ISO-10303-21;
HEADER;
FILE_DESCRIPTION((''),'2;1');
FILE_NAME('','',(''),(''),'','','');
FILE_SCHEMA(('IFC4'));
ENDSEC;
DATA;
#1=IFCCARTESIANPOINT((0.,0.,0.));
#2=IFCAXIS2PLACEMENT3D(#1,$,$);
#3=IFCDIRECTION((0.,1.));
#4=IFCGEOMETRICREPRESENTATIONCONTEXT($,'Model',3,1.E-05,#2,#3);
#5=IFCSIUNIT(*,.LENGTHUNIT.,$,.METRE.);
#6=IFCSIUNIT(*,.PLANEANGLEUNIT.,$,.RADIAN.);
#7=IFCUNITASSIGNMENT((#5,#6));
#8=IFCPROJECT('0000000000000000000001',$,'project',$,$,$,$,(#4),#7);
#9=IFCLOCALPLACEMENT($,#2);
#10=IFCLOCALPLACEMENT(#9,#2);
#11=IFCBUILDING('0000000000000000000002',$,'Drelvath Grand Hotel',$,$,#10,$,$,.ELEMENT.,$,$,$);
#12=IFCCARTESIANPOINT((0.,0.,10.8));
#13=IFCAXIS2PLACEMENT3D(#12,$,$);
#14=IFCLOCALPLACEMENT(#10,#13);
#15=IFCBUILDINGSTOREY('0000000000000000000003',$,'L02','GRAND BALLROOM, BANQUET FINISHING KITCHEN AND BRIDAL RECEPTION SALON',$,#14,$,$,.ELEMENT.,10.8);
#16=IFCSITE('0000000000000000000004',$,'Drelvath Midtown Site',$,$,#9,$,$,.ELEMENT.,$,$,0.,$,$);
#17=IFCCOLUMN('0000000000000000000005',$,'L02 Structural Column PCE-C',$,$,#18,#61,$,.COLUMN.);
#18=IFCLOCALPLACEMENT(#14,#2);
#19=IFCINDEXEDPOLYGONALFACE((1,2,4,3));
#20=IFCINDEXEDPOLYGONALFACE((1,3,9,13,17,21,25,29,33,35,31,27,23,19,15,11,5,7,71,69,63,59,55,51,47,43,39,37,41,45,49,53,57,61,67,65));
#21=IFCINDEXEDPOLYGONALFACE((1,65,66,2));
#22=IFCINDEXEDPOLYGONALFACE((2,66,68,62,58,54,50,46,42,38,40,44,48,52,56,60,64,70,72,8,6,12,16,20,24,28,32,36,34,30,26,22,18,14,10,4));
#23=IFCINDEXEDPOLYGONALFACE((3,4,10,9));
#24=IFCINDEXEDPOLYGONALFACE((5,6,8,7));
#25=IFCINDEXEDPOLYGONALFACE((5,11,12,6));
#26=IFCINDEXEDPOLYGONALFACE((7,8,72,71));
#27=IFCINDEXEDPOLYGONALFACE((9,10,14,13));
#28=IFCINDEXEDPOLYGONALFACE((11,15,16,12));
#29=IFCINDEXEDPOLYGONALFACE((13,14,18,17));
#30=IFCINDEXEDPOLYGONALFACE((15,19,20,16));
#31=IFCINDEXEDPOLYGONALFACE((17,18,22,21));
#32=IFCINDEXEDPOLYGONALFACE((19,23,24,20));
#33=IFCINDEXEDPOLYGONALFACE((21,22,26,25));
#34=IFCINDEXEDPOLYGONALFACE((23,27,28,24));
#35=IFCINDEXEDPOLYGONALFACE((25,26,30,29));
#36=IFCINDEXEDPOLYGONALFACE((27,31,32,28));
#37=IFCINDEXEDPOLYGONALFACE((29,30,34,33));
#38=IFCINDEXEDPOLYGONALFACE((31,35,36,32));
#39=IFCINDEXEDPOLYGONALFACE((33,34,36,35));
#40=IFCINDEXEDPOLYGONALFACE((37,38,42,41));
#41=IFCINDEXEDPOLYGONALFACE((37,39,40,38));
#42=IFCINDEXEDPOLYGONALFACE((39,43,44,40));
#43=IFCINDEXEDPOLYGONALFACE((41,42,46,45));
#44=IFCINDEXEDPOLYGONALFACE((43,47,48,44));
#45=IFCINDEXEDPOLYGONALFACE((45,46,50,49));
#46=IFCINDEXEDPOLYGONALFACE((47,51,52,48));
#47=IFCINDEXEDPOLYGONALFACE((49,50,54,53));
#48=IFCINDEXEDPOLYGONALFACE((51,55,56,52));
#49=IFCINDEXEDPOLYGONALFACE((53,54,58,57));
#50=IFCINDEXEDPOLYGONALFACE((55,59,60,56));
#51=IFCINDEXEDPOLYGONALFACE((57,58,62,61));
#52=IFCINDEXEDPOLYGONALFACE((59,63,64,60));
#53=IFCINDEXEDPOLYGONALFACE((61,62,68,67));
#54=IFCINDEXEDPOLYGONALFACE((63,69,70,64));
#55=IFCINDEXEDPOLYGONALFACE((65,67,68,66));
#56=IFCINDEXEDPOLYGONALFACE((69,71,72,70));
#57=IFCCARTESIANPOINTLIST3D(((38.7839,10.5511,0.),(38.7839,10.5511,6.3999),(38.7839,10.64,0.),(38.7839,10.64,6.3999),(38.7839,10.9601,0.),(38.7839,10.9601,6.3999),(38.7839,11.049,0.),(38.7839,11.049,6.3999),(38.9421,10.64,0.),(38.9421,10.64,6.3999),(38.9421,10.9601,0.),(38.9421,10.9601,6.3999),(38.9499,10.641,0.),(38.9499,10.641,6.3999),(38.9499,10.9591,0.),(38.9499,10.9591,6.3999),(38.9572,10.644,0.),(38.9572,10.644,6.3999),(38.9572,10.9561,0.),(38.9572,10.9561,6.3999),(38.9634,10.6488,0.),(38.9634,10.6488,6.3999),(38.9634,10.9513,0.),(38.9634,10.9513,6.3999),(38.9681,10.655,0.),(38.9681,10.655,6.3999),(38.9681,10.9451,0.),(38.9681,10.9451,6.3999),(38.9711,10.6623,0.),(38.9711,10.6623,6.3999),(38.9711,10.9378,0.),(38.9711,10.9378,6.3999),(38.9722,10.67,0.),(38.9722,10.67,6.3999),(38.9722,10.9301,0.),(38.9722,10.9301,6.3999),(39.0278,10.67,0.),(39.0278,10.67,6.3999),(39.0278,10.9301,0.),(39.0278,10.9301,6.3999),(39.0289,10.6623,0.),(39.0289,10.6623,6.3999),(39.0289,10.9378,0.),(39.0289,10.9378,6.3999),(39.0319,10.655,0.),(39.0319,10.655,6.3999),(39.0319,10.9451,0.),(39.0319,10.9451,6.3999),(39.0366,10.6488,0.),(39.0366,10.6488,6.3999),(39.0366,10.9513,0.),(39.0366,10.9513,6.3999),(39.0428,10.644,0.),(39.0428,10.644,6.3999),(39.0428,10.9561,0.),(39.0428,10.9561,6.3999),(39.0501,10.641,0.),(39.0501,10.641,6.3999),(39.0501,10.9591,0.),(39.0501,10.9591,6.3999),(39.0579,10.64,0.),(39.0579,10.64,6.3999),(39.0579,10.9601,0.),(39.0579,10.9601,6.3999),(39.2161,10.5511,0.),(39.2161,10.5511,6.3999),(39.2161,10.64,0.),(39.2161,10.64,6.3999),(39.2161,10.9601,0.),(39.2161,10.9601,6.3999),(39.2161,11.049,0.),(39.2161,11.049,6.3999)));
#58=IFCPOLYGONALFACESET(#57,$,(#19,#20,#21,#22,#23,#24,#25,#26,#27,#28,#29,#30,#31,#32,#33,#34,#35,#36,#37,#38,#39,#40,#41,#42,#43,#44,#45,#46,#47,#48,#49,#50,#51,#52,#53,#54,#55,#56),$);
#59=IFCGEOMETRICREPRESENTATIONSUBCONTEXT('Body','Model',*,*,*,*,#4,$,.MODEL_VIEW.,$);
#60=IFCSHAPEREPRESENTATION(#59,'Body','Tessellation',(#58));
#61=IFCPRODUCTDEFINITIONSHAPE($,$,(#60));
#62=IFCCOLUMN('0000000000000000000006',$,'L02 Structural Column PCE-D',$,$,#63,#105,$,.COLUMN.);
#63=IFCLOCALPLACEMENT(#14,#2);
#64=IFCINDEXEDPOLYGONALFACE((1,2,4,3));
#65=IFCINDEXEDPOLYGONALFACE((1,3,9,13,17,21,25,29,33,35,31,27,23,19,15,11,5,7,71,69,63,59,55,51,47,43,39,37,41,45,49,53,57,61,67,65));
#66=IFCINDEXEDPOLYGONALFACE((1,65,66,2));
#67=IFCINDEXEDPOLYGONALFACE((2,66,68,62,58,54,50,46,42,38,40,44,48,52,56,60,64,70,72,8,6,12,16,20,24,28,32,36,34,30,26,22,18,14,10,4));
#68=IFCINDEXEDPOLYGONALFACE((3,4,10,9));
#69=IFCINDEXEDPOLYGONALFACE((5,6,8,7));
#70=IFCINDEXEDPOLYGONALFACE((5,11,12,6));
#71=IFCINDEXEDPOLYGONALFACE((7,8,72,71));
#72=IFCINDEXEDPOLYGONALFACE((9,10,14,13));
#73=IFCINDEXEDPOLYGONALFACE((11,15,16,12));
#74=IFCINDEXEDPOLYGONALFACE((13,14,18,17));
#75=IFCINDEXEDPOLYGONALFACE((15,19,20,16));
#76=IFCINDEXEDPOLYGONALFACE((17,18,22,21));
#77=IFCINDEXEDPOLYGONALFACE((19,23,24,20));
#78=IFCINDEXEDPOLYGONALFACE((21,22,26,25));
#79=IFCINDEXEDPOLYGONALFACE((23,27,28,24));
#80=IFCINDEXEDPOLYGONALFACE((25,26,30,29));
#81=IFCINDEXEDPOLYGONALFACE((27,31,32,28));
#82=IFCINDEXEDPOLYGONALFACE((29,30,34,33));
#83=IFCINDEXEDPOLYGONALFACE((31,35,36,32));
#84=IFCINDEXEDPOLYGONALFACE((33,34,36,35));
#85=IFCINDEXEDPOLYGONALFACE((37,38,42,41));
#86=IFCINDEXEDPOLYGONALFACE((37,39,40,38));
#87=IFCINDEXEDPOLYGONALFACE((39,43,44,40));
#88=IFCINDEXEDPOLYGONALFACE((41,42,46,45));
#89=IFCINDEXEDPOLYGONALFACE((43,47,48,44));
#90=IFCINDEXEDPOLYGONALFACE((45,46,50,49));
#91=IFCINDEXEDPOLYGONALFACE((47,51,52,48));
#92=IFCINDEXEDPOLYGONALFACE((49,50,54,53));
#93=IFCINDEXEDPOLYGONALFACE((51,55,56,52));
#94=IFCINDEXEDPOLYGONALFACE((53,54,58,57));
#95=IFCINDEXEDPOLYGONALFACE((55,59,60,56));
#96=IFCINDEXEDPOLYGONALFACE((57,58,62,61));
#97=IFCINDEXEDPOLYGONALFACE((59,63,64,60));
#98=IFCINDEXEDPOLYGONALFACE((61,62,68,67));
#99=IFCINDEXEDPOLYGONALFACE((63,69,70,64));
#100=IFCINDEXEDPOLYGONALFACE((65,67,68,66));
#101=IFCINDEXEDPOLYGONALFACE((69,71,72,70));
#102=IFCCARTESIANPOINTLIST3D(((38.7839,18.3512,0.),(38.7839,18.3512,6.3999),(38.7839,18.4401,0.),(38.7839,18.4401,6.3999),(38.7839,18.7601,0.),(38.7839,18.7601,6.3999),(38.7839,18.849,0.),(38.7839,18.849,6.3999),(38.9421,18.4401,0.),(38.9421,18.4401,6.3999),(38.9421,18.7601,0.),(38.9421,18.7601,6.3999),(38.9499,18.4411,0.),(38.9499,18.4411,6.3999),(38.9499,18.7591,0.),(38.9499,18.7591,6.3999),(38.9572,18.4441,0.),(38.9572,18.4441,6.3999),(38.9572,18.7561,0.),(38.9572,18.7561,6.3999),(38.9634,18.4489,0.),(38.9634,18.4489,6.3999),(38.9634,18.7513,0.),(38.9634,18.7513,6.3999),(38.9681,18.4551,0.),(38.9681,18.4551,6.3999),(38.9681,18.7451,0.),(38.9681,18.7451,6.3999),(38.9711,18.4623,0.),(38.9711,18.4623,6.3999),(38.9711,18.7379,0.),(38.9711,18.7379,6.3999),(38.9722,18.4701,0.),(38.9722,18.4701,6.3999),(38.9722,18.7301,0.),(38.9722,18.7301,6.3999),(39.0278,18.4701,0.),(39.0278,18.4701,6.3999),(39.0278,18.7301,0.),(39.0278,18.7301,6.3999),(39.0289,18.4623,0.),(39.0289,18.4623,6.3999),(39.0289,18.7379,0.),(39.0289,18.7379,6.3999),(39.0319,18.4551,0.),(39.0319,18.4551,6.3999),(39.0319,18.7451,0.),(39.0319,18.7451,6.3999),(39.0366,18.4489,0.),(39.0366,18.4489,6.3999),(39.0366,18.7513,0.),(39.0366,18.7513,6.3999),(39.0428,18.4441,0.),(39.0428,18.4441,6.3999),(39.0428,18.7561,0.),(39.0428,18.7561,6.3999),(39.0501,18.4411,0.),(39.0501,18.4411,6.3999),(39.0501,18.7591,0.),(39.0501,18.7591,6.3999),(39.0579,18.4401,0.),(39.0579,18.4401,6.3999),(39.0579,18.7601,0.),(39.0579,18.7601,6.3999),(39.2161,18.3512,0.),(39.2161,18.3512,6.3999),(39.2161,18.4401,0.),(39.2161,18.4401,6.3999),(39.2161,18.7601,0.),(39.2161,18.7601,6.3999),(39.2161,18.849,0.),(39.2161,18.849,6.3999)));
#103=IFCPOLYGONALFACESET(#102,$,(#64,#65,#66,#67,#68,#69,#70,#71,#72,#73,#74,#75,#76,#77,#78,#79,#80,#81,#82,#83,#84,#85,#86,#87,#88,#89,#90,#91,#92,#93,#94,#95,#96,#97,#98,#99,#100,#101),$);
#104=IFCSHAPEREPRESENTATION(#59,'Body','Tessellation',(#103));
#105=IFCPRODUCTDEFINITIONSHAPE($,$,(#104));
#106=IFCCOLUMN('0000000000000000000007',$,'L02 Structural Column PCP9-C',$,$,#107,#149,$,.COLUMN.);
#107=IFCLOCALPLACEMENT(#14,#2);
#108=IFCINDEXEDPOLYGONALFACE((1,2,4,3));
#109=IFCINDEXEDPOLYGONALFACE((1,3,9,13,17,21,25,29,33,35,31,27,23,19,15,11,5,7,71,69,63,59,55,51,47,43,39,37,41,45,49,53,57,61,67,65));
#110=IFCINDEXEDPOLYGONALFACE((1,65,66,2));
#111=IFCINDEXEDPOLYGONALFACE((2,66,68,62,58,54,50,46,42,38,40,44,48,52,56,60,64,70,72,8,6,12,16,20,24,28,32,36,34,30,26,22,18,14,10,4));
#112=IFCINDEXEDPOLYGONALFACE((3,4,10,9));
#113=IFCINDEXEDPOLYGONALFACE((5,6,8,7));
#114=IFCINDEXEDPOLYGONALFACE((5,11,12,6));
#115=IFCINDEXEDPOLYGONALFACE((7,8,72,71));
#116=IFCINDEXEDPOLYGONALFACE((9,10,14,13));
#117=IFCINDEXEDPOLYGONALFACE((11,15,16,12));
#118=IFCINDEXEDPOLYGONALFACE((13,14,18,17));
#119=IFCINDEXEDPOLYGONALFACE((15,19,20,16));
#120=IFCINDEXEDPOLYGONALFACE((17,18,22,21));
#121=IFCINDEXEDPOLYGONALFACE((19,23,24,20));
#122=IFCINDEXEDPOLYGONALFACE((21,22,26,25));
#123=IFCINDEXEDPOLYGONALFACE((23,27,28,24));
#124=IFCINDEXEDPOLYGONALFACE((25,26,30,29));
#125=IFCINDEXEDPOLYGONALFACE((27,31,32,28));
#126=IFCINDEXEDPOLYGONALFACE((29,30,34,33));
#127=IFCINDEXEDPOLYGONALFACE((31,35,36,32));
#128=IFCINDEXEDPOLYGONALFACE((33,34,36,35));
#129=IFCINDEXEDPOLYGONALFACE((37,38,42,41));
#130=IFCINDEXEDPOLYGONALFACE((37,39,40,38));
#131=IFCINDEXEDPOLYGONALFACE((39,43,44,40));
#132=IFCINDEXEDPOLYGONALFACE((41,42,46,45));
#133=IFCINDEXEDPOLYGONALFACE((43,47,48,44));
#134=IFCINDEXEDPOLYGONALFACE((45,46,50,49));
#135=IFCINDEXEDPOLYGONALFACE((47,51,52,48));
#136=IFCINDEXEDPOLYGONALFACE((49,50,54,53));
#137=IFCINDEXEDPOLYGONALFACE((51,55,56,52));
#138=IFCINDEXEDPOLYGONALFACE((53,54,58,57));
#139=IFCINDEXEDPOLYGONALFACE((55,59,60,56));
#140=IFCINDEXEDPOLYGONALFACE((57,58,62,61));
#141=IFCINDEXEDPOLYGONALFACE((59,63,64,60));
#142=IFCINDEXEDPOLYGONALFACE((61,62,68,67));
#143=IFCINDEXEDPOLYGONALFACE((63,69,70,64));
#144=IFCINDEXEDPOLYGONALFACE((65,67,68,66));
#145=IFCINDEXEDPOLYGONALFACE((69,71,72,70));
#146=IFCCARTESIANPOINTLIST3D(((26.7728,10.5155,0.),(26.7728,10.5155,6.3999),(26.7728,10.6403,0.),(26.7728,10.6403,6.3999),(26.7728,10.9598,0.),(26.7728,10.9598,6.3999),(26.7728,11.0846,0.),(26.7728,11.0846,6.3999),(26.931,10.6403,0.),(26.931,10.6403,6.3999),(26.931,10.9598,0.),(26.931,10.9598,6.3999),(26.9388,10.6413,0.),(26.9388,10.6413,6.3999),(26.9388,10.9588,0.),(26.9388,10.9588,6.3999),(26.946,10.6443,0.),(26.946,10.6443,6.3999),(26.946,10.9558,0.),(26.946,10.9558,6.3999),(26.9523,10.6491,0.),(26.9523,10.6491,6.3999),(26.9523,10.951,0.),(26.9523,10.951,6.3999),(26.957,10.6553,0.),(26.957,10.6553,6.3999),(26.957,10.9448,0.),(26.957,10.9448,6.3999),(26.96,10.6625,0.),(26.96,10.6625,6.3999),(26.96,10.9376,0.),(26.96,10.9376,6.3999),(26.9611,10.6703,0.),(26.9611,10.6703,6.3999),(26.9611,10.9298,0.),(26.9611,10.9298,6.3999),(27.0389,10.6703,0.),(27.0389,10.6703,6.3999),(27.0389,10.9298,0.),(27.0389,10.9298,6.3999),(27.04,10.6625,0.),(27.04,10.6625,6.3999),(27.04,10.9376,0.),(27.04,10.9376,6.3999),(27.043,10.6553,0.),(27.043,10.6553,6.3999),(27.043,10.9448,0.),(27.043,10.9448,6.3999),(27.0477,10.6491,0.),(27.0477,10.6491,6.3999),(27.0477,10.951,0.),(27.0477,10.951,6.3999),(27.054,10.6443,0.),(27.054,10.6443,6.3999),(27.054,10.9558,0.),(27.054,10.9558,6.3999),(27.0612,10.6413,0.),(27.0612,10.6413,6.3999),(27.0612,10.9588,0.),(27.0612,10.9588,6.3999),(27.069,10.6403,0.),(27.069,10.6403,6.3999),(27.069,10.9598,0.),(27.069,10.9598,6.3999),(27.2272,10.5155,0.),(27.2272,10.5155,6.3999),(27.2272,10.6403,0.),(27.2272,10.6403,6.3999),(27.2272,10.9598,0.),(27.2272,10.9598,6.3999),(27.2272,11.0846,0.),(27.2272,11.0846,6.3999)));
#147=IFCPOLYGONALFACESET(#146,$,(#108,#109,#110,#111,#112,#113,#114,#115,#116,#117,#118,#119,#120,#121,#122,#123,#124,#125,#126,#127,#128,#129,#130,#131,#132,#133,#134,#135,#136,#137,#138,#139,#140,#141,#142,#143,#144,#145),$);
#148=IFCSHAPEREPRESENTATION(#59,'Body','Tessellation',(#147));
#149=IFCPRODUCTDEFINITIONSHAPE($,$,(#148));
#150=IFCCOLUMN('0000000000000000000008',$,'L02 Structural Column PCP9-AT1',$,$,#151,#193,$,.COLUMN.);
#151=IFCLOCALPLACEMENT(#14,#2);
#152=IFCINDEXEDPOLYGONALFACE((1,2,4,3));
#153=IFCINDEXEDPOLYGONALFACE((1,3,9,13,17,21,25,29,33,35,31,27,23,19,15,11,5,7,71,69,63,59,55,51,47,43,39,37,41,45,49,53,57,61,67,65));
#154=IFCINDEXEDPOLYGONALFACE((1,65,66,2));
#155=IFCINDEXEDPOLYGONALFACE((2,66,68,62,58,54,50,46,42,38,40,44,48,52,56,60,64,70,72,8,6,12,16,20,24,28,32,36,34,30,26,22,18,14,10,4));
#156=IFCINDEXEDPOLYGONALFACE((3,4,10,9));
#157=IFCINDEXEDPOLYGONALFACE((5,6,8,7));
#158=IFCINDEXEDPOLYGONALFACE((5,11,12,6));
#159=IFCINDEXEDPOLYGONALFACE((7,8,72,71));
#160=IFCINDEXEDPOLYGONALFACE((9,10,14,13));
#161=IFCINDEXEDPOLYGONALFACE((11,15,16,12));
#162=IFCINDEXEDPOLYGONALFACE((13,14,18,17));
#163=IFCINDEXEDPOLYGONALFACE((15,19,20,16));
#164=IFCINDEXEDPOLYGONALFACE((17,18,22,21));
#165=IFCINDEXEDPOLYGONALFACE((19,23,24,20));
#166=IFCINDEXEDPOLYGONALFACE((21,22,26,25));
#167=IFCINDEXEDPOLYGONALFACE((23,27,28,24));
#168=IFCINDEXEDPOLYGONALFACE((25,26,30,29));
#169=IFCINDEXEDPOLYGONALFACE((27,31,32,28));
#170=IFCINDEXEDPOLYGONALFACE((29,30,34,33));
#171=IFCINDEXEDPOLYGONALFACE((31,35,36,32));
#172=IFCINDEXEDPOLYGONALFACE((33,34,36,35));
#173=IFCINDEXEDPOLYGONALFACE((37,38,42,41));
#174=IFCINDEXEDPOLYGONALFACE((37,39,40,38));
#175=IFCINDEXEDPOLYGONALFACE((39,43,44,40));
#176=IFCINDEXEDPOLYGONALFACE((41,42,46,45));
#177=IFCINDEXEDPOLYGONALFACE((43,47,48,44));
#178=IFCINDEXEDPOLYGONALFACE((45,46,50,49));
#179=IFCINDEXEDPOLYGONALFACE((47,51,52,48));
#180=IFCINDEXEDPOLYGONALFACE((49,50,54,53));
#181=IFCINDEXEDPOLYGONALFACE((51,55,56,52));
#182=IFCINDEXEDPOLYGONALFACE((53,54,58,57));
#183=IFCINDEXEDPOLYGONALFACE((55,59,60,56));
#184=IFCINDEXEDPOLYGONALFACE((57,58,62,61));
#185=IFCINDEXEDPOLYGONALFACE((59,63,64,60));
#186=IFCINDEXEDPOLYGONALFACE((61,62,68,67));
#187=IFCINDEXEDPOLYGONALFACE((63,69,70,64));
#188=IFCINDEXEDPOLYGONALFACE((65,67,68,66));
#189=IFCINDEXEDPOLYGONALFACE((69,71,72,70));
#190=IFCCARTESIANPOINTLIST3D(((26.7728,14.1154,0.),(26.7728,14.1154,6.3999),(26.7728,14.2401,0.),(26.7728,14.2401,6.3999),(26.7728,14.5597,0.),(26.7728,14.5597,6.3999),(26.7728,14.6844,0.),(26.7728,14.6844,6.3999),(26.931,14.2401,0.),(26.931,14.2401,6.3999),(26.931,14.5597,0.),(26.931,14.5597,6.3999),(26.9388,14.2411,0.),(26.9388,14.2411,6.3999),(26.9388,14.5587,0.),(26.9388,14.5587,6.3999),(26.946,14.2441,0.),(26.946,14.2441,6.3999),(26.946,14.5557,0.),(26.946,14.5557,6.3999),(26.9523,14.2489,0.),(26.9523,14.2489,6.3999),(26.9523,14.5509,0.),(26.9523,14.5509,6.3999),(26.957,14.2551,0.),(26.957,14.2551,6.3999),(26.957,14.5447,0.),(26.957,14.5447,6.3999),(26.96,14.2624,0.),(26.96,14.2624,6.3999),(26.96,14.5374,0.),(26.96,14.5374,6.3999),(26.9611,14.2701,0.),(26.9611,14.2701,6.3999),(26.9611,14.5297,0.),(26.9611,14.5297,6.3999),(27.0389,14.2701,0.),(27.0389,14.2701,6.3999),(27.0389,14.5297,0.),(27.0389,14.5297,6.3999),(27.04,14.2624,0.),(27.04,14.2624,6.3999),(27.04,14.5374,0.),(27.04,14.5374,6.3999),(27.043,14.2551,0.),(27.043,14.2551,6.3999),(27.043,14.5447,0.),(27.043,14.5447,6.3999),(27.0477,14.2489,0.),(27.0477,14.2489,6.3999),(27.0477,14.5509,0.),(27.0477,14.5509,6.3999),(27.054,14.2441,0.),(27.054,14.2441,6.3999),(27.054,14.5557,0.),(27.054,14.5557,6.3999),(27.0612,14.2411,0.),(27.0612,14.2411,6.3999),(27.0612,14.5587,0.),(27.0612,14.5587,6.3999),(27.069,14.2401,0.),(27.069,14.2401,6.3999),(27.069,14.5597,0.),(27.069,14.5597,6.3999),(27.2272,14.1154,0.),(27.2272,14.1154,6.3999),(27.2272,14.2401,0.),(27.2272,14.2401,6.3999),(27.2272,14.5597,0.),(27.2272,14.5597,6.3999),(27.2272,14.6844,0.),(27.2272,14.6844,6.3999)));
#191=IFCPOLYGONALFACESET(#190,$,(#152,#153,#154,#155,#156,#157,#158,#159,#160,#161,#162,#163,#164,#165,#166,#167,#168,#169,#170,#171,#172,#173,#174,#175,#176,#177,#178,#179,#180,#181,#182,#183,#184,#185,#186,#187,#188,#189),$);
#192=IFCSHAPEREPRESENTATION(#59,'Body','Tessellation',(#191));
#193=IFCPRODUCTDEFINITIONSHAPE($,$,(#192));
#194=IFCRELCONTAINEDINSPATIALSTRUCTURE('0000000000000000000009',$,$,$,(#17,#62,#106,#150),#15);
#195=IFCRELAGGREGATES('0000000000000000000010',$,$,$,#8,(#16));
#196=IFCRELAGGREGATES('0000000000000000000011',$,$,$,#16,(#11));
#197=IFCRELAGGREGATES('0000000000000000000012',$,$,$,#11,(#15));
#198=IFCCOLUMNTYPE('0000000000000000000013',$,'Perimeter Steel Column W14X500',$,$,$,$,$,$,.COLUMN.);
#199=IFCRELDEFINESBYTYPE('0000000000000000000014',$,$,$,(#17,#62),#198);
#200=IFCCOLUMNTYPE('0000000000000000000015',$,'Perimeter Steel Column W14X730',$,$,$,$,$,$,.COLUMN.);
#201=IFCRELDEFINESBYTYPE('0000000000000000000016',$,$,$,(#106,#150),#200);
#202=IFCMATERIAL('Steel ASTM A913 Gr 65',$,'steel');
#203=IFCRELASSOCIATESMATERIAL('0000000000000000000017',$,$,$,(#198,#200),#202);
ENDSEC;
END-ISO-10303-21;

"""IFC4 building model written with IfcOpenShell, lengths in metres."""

from ifc_helpers import new_model, si_unit, direction, frame, origin, origin_2d, place, context, subcontext, project, spatial, i_section, extrude, material, material_profile, profile_set, type_object, element, save


model = new_model("IFC4")

# Units and contexts
model_context = context("Model", 3, precision=1e-05, world=origin(), true_north=direction((0.0, 1.0)))
body_context = subcontext(model_context, "Body", "Model", "MODEL_VIEW")
ifc_project = project(units=[si_unit("LENGTHUNIT", "METRE"), si_unit("PLANEANGLEUNIT", "RADIAN")], contexts=[model_context])

# Site, building, storey
site_placement = place(None, origin())
site = spatial("IfcSite", under=ifc_project, at=site_placement, Name="Drelvath Midtown Site", CompositionType="ELEMENT", RefElevation=0.0)
building_placement = place(site_placement, origin())
building = spatial("IfcBuilding", under=site, at=building_placement, Name="Drelvath Grand Hotel", CompositionType="ELEMENT")
storey_placement = place(building_placement, frame((0.0, 0.0, 10.8)))
storey = spatial("IfcBuildingStorey", under=building, at=storey_placement, Name="L02", Description="GRAND BALLROOM, BANQUET FINISHING KITCHEN AND BRIDAL RECEPTION SALON", CompositionType="ELEMENT", Elevation=10.8)

# Columns
ifc_material_1 = material(Name="Steel ASTM A913 Gr 65", Category="steel")
ifc_material_profile_1 = material_profile(ifc_material_1, i_section(OverallWidth=0.4321, OverallDepth=0.4978, WebThickness=0.0557, FlangeThickness=0.0889, FilletRadius=0.03, at=origin_2d()), Name="W14X500")
ifc_profile_set_1 = profile_set([ifc_material_profile_1], Name="Steel ASTM A913 Gr 65")
column_type_1 = type_object("IfcColumnType", Name="Perimeter Steel Column W14X500", PredefinedType="COLUMN", material=ifc_profile_set_1)
for number, where, z_axis, x_axis, name in (
    (1, (39.0, 10.8, 0.0), (0.0, 0.0, 1.0), (1.0, 0.0, 0.0), "L02 Structural Column PCE-C"),
    (2, (39.0, 18.6001, 0.0), (0.0, 0.0, 1.0), (1.0, 0.0, 0.0), "L02 Structural Column PCE-D"),
):
    element("IfcColumn", number, at=place(storey_placement, frame(where, z_axis=z_axis, x_axis=x_axis)), inside=storey, type_object=column_type_1, Name=name, PredefinedType="COLUMN", context=body_context, shape_type="SweptSolid", body=[
        extrude(i_section(OverallWidth=0.4321, OverallDepth=0.4978, WebThickness=0.0557, FlangeThickness=0.0889, FilletRadius=0.03, at=origin_2d()), origin(), (0.0, 0.0, 1.0), 6.3999),
    ])
ifc_material_profile_2 = material_profile(ifc_material_1, i_section(OverallWidth=0.4543, OverallDepth=0.5691, WebThickness=0.0779, FlangeThickness=0.1248, FilletRadius=0.03, at=origin_2d()), Name="W14X730")
ifc_profile_set_2 = profile_set([ifc_material_profile_2], Name="Steel ASTM A913 Gr 65")
column_type_2 = type_object("IfcColumnType", Name="Perimeter Steel Column W14X730", PredefinedType="COLUMN", material=ifc_profile_set_2)
for number, where, z_axis, x_axis, name in (
    (3, (27.0, 10.8, 0.0), (0.0, 0.0, 1.0), (1.0, 0.0, 0.0), "L02 Structural Column PCP9-C"),
    (4, (27.0, 14.3999, 0.0), (0.0, 0.0, 1.0), (1.0, 0.0, 0.0), "L02 Structural Column PCP9-AT1"),
):
    element("IfcColumn", number, at=place(storey_placement, frame(where, z_axis=z_axis, x_axis=x_axis)), inside=storey, type_object=column_type_2, Name=name, PredefinedType="COLUMN", context=body_context, shape_type="SweptSolid", body=[
        extrude(i_section(OverallWidth=0.4543, OverallDepth=0.5691, WebThickness=0.0779, FlangeThickness=0.1248, FilletRadius=0.03, at=origin_2d()), origin(), (0.0, 0.0, 1.0), 6.3999),
    ])

save(model, "model.ifc")
